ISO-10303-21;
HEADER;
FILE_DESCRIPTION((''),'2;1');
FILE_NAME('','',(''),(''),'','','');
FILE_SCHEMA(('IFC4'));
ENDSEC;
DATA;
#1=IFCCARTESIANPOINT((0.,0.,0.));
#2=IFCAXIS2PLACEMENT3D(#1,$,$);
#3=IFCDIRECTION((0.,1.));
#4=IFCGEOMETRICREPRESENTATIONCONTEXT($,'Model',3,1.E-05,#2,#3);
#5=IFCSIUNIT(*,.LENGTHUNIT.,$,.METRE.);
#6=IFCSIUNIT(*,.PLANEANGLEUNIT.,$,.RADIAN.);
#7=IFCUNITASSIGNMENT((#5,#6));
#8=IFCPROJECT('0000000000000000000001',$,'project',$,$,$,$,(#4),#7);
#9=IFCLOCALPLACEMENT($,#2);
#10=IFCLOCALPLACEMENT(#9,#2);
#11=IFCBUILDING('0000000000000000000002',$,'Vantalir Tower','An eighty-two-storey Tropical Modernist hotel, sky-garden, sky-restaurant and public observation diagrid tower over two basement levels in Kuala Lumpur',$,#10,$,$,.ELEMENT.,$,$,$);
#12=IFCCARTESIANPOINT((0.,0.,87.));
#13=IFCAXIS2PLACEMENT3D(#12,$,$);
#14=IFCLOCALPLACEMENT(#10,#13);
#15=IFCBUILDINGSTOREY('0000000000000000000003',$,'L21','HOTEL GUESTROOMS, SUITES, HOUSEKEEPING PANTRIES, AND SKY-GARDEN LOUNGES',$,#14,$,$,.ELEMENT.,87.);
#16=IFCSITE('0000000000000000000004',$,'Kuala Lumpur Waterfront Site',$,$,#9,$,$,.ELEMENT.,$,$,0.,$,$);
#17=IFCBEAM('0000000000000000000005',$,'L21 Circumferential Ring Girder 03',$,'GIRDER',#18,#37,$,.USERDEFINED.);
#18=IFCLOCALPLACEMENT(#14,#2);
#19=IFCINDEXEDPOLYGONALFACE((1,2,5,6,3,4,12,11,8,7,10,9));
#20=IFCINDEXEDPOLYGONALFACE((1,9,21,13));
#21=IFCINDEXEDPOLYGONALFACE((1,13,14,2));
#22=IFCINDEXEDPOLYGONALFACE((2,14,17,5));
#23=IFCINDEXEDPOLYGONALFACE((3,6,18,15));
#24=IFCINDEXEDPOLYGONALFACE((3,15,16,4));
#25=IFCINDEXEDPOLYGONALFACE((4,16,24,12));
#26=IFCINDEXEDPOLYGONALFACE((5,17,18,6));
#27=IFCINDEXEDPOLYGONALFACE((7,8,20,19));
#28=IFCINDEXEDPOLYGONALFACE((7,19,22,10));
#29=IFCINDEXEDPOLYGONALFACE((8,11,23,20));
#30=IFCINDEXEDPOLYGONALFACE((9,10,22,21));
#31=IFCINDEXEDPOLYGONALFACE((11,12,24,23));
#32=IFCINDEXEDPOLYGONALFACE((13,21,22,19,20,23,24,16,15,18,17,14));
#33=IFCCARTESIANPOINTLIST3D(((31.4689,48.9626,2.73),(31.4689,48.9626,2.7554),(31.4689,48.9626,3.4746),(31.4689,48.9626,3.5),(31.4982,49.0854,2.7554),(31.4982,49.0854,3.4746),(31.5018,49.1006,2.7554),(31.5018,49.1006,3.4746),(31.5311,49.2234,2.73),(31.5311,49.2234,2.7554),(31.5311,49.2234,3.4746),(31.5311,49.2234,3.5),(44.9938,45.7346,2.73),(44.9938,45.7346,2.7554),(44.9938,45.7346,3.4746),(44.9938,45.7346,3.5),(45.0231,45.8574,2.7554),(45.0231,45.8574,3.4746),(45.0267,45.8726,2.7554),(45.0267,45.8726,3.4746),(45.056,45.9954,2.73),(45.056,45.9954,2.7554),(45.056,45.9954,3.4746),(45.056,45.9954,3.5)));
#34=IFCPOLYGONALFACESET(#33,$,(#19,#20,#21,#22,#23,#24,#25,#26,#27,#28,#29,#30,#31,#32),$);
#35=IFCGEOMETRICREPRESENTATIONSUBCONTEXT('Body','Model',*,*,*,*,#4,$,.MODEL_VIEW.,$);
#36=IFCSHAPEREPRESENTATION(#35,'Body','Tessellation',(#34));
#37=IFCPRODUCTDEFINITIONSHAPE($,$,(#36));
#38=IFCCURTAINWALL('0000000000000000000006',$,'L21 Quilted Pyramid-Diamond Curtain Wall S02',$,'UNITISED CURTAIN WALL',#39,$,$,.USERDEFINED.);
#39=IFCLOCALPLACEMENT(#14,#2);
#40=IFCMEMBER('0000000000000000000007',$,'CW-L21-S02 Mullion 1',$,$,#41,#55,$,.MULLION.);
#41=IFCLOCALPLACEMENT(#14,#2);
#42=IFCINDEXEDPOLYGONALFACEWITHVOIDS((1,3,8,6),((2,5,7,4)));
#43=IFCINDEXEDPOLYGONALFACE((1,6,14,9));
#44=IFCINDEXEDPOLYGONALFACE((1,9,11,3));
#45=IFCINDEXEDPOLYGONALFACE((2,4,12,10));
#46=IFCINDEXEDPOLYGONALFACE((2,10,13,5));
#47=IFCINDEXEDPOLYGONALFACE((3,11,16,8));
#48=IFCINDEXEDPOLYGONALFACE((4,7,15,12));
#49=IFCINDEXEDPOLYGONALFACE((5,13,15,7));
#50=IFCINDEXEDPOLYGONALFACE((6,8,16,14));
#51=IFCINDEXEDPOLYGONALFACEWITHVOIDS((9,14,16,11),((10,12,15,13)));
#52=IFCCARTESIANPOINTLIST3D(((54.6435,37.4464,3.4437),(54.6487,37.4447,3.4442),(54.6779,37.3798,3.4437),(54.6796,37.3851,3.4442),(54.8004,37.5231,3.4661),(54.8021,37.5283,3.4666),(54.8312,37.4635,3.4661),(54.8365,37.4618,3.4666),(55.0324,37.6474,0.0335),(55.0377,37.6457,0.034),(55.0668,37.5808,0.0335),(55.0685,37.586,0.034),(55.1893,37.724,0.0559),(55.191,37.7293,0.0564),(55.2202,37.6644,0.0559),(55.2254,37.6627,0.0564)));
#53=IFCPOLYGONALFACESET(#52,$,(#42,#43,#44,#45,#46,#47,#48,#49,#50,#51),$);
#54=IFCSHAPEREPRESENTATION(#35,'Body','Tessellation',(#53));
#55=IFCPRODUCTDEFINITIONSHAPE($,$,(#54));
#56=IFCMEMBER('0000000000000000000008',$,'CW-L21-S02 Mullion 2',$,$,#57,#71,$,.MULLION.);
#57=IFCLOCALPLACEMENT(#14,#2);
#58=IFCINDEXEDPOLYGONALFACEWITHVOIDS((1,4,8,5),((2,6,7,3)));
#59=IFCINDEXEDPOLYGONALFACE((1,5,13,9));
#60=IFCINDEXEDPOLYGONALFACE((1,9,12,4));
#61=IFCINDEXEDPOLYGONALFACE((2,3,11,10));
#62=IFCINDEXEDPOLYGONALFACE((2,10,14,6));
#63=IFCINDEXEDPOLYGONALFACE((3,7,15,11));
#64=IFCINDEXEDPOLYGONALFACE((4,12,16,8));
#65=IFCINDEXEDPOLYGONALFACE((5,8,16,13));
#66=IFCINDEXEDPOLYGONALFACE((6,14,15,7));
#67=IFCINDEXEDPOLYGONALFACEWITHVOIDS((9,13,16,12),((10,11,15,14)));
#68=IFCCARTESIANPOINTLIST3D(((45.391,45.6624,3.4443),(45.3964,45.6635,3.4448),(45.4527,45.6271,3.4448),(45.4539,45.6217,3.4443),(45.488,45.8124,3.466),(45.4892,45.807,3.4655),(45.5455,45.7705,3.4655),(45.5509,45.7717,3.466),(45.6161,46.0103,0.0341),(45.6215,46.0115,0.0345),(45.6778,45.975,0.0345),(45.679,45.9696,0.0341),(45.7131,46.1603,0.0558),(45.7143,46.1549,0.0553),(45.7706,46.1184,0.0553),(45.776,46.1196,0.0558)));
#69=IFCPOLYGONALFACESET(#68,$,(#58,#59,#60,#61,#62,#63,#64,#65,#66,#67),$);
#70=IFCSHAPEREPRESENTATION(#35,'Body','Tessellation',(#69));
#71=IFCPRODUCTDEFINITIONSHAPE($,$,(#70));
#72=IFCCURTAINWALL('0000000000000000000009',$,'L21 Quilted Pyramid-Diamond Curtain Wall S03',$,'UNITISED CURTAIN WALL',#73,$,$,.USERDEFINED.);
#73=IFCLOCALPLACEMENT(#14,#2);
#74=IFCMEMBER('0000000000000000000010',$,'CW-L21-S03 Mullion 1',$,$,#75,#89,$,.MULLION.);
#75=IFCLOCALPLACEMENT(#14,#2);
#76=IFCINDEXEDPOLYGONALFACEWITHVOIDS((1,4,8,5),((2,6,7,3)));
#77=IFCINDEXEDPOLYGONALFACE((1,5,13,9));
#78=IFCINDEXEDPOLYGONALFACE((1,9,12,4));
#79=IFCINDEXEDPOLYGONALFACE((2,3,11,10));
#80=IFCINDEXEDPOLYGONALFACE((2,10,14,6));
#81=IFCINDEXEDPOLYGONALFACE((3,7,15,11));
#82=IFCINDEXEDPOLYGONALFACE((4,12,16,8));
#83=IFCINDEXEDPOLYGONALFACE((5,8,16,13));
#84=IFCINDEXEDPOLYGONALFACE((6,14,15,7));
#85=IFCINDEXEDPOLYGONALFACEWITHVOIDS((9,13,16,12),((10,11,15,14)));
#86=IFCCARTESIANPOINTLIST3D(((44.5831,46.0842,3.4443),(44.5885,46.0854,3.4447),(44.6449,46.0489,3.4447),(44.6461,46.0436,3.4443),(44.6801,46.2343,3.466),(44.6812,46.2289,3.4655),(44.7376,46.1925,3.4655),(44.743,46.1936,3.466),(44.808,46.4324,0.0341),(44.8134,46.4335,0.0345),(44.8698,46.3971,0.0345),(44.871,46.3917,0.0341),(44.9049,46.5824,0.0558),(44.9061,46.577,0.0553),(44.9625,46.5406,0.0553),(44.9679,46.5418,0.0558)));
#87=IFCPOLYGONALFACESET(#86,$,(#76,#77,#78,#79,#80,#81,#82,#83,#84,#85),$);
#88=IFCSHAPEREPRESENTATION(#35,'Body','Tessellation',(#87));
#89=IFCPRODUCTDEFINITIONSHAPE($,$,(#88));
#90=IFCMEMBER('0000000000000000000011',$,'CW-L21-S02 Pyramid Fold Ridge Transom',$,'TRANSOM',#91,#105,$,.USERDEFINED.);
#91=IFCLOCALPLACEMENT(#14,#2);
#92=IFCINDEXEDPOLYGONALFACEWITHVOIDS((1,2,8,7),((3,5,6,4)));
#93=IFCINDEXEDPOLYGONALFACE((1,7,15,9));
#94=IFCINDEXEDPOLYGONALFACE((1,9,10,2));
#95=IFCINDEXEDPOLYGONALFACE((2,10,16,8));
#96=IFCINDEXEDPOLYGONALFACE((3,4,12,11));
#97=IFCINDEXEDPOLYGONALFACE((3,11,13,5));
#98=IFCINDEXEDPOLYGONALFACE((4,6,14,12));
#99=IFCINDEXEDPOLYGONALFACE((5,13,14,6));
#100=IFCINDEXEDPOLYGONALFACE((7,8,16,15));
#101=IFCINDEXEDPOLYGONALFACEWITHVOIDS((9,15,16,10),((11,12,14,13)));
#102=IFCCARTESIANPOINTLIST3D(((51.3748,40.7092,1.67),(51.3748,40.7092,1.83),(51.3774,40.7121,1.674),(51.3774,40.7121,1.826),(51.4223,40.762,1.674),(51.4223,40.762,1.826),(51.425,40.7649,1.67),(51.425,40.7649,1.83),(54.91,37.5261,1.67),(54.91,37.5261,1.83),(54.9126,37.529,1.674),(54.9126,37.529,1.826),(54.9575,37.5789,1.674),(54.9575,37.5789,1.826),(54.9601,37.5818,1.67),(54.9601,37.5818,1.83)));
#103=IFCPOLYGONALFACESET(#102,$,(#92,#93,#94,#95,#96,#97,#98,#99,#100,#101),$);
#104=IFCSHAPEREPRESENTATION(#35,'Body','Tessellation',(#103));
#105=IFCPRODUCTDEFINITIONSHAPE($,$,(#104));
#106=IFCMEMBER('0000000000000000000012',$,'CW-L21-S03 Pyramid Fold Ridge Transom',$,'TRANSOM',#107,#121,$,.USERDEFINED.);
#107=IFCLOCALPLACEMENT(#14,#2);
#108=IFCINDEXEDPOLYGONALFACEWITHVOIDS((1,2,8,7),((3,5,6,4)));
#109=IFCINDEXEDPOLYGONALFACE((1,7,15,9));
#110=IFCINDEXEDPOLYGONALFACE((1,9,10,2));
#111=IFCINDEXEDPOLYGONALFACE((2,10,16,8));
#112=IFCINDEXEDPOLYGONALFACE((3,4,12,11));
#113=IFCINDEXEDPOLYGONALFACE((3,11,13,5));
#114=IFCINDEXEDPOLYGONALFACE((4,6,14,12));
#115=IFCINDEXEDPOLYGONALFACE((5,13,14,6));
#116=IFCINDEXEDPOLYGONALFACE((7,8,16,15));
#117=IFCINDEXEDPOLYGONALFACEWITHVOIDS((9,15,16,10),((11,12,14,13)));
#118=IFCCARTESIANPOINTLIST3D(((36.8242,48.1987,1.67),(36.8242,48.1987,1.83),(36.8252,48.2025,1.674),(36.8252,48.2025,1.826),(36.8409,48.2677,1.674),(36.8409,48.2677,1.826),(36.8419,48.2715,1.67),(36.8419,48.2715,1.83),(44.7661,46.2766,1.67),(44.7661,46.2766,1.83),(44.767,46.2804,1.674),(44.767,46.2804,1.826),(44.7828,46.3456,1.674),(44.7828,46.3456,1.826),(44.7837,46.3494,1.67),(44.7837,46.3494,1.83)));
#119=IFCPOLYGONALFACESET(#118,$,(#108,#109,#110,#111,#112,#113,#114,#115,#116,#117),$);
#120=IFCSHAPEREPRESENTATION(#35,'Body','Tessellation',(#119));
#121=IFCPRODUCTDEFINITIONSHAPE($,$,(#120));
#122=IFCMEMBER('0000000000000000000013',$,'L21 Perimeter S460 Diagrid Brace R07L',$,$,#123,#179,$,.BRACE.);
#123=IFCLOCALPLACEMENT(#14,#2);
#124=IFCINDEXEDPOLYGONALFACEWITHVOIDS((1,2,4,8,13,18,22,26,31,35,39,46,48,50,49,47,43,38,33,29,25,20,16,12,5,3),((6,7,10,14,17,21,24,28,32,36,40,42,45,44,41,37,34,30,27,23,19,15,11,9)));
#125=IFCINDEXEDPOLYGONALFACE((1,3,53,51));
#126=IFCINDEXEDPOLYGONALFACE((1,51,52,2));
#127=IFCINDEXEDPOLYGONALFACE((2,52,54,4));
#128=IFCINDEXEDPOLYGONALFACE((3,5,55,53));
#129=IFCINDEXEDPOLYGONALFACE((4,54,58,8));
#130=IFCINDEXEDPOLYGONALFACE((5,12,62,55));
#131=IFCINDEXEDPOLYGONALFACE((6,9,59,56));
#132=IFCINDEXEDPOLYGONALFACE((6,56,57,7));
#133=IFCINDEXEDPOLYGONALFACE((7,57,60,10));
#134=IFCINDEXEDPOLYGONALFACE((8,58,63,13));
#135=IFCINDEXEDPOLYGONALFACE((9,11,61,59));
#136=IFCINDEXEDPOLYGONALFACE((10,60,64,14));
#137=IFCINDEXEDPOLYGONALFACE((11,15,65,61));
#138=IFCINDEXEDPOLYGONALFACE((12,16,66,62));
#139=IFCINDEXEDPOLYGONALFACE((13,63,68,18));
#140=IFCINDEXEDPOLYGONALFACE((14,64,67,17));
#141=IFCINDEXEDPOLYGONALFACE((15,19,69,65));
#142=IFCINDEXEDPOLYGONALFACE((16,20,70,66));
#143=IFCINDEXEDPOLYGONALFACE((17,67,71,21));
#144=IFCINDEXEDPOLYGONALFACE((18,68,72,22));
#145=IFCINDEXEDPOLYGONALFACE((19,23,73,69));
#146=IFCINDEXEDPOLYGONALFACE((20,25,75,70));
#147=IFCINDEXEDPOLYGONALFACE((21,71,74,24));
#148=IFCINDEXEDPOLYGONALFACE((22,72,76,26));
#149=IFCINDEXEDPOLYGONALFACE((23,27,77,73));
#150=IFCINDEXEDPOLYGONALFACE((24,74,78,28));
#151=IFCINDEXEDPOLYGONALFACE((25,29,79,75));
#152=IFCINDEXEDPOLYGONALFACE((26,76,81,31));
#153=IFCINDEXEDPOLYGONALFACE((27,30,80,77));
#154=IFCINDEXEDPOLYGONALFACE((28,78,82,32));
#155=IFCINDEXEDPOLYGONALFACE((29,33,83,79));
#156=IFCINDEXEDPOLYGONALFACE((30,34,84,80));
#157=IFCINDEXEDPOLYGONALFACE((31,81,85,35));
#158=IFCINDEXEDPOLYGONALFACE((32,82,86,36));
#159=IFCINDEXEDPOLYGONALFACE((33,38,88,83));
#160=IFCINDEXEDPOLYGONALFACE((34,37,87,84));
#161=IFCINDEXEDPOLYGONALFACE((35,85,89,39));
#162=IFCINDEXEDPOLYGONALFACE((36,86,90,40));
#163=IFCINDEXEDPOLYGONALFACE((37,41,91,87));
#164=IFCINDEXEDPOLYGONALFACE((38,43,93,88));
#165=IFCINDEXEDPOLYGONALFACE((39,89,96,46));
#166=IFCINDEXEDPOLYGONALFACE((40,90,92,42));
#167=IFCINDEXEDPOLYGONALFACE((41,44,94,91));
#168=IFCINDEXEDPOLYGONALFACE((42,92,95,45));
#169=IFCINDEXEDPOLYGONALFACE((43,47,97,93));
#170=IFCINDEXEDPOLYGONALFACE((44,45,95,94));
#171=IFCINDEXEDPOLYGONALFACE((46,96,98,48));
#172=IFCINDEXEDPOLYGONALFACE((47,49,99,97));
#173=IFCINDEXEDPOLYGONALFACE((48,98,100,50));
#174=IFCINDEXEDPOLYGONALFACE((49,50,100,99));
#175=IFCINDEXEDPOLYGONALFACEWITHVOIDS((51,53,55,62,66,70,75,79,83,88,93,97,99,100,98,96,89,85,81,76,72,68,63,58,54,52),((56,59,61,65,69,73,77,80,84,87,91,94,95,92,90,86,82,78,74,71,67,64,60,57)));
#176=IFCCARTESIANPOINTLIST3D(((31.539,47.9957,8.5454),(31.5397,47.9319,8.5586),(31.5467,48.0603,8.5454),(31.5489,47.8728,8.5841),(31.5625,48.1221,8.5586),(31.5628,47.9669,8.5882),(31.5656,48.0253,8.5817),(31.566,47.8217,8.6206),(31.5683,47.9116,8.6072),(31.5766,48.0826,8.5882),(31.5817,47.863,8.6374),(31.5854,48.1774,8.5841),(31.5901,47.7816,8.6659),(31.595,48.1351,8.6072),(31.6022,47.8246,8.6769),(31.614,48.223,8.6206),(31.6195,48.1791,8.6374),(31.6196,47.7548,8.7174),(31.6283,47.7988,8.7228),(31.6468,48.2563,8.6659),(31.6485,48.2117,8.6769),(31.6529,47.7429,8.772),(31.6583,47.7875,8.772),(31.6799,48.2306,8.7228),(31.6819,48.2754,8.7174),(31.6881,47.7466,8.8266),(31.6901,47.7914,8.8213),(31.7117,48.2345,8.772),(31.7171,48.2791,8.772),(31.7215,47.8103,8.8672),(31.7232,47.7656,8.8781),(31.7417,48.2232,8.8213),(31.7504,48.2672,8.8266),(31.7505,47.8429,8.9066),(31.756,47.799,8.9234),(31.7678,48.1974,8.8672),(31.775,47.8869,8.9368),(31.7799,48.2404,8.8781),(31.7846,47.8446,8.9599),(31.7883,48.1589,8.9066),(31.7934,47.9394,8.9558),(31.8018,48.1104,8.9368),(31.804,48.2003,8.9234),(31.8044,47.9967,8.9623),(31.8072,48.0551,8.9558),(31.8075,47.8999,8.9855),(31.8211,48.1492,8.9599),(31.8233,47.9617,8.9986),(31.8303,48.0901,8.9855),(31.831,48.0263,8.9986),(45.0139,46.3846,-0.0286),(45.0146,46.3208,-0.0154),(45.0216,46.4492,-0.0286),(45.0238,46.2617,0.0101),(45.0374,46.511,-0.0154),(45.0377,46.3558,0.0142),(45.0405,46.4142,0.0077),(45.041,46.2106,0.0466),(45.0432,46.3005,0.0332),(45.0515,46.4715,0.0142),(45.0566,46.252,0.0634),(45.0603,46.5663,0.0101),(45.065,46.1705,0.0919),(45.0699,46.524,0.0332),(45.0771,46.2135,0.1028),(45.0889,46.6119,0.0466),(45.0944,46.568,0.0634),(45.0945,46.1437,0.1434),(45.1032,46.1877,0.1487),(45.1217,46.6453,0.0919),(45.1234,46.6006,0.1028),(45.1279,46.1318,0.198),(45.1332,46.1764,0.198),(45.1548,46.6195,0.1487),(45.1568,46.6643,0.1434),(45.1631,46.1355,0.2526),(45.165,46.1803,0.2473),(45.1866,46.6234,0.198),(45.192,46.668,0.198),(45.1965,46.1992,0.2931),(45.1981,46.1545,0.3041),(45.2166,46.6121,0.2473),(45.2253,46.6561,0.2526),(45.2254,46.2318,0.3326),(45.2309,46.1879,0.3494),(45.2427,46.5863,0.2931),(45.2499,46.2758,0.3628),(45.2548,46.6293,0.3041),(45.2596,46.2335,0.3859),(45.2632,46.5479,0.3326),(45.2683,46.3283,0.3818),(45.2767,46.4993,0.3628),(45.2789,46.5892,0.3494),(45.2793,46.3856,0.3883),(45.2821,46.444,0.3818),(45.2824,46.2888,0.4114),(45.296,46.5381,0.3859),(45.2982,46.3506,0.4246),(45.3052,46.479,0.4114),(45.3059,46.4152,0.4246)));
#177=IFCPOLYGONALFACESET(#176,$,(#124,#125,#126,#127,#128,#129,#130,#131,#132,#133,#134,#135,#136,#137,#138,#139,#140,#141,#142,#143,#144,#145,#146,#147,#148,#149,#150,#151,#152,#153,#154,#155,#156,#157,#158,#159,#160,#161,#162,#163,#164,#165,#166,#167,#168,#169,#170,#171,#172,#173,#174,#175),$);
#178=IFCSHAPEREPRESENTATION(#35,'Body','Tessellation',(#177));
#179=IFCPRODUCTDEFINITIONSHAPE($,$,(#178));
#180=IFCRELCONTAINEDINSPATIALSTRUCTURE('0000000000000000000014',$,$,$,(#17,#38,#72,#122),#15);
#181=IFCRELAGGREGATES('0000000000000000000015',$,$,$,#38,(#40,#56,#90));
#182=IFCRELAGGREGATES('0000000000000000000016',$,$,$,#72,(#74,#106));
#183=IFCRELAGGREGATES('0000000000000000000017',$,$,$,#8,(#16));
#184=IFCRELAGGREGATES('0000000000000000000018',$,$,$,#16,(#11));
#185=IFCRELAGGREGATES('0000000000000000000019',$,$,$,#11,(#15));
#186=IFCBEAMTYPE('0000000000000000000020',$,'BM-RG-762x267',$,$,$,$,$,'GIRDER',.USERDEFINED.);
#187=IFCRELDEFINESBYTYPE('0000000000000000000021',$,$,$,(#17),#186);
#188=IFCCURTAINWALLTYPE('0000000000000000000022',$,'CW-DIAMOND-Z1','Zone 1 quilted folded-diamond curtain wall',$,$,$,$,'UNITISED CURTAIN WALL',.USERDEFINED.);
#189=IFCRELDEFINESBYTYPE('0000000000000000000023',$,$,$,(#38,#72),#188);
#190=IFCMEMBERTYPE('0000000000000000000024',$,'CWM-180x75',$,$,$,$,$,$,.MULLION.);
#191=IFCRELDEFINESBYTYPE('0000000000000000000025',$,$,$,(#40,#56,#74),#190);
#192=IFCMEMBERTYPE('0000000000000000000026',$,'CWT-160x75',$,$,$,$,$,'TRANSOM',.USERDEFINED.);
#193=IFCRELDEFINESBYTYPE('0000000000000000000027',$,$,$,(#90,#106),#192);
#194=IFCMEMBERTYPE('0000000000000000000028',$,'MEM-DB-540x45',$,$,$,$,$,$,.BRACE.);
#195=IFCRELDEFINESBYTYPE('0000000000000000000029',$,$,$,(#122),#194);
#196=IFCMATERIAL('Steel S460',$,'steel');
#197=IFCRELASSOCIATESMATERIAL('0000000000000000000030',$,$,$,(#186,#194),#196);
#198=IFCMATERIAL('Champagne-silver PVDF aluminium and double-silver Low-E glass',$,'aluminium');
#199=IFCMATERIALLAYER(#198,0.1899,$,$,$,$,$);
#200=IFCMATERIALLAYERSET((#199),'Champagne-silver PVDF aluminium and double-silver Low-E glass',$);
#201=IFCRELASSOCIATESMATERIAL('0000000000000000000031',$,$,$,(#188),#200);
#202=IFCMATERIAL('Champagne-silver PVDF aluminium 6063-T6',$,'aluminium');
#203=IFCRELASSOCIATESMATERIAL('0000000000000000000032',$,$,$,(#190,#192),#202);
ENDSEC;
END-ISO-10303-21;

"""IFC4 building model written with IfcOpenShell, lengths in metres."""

from ifc_helpers import new_model, si_unit, direction, frame, origin, origin_2d, place, context, subcontext, project, spatial, hollow_rectangle, hollow_circle, i_section, extrude, material, layer, layer_set, material_profile, profile_set, type_object, element, aggregate, save


model = new_model("IFC4")

# Units and contexts
model_context = context("Model", 3, precision=1e-05, world=origin(), true_north=direction((0.0, 1.0)))
body_context = subcontext(model_context, "Body", "Model", "MODEL_VIEW")
ifc_project = project(units=[si_unit("LENGTHUNIT", "METRE"), si_unit("PLANEANGLEUNIT", "RADIAN")], contexts=[model_context])

# Site, building, storey
site_placement = place(None, origin())
site = spatial("IfcSite", under=ifc_project, at=site_placement, Name="Kuala Lumpur Waterfront Site", CompositionType="ELEMENT", RefElevation=0.0)
building_placement = place(site_placement, origin())
building = spatial("IfcBuilding", under=site, at=building_placement, Name="Vantalir Tower", Description="An eighty-two-storey Tropical Modernist hotel, sky-garden, sky-restaurant and public observation diagrid tower over two basement levels in Kuala Lumpur", CompositionType="ELEMENT")
storey_placement = place(building_placement, frame((0.0, 0.0, 87.0)))
storey = spatial("IfcBuildingStorey", under=building, at=storey_placement, Name="L21", Description="HOTEL GUESTROOMS, SUITES, HOUSEKEEPING PANTRIES, AND SKY-GARDEN LOUNGES", CompositionType="ELEMENT", Elevation=87.0)

# Shared definitions
ifc_material_1 = material(Name="Steel S460", Category="steel")

# Beam
ifc_material_profile_1 = material_profile(ifc_material_1, i_section(OverallWidth=0.2681, OverallDepth=0.77, WebThickness=0.0156, FlangeThickness=0.0254, at=origin_2d()), Name="Steel S460")
ifc_profile_set_1 = profile_set([ifc_material_profile_1], Name="Steel S460")
beam_type_1 = type_object("IfcBeamType", Name="BM-RG-762x267", ElementType="GIRDER", PredefinedType="USERDEFINED", material=ifc_profile_set_1)
beam_1_placement = place(storey_placement, frame((45.0249, 45.865, 3.115), z_axis=(-0.972679, 0.232152, 0.0), x_axis=(-0.232152, -0.972679, 0.0)))
element("IfcBeam", 1, at=beam_1_placement, inside=storey, type_object=beam_type_1, Name="L21 Circumferential Ring Girder 03", ObjectType="GIRDER", PredefinedType="USERDEFINED", context=body_context, shape_type="SweptSolid", body=[
    extrude(i_section(OverallWidth=0.2681, OverallDepth=0.77, WebThickness=0.0156, FlangeThickness=0.0254, at=origin_2d()), origin(), (0.0, 0.0, 1.0), 13.9048),
])

# Curtain wall, members
ifc_material_2 = material(Name="Champagne-silver PVDF aluminium and double-silver Low-E glass", Category="aluminium")
ifc_layer_1 = layer(ifc_material_2, 0.1899)
ifc_layer_set_1 = layer_set([ifc_layer_1], Name="Champagne-silver PVDF aluminium and double-silver Low-E glass")
curtain_wall_type = type_object("IfcCurtainWallType", Name="CW-DIAMOND-Z1", Description="Zone 1 quilted folded-diamond curtain wall", ElementType="UNITISED CURTAIN WALL", PredefinedType="USERDEFINED", material=ifc_layer_set_1)
curtain_wall_1_placement = place(storey_placement, origin())
curtain_wall_1 = element("IfcCurtainWall", 2, at=curtain_wall_1_placement, inside=storey, type_object=curtain_wall_type, Name="L21 Quilted Pyramid-Diamond Curtain Wall S02", ObjectType="UNITISED CURTAIN WALL", PredefinedType="USERDEFINED")
ifc_material_3 = material(Name="Champagne-silver PVDF aluminium 6063-T6", Category="aluminium")
ifc_material_profile_2 = material_profile(ifc_material_3, hollow_rectangle(XDim=0.075, YDim=0.1799, WallThickness=0.0039, at=origin_2d()), Name="Champagne-silver PVDF aluminium 6063-T6")
ifc_profile_set_2 = profile_set([ifc_material_profile_2], Name="Champagne-silver PVDF aluminium 6063-T6")
member_type_1 = type_object("IfcMemberType", Name="CWM-180x75", PredefinedType="MULLION", material=ifc_profile_set_2)
member_1_placement = place(storey_placement, frame((55.1289, 37.655, 0.0449), z_axis=(-0.113118, -0.058441, 0.991861), x_axis=(0.458998, -0.888437, 0.0)))
member_1 = element("IfcMember", 3, at=member_1_placement, type_object=member_type_1, Name="CW-L21-S02 Mullion 1", PredefinedType="MULLION", context=body_context, shape_type="SweptSolid", body=[
    extrude(hollow_rectangle(XDim=0.075, YDim=0.1799, WallThickness=0.0039, at=origin_2d()), origin(), (0.0, 0.0, 1.0), 3.4382),
])
member_2_placement = place(storey_placement, frame((45.696, 46.0649, 0.0449), z_axis=(-0.065526, -0.101274, 0.992698), x_axis=(0.839586, -0.543227, 0.0)))
member_2 = element("IfcMember", 4, at=member_2_placement, type_object=member_type_1, Name="CW-L21-S02 Mullion 2", PredefinedType="MULLION", context=body_context, shape_type="SweptSolid", body=[
    extrude(hollow_rectangle(XDim=0.075, YDim=0.1799, WallThickness=0.0039, at=origin_2d()), origin(), (0.0, 0.0, 1.0), 3.4353),
])

# Curtain wall, member
curtain_wall_2_placement = place(storey_placement, origin())
curtain_wall_2 = element("IfcCurtainWall", 5, at=curtain_wall_2_placement, inside=storey, type_object=curtain_wall_type, Name="L21 Quilted Pyramid-Diamond Curtain Wall S03", ObjectType="UNITISED CURTAIN WALL", PredefinedType="USERDEFINED")
member_3_placement = place(storey_placement, frame((44.8879, 46.4871, 0.0449), z_axis=(-0.065455, -0.101345, 0.992696), x_axis=(0.840028, -0.542543, 0.0)))
member_3 = element("IfcMember", 6, at=member_3_placement, type_object=member_type_1, Name="CW-L21-S03 Mullion 1", PredefinedType="MULLION", context=body_context, shape_type="SweptSolid", body=[
    extrude(hollow_rectangle(XDim=0.075, YDim=0.1799, WallThickness=0.0039, at=origin_2d()), origin(), (0.0, 0.0, 1.0), 3.4353),
])

# Members
ifc_material_profile_3 = material_profile(ifc_material_3, hollow_rectangle(XDim=0.075, YDim=0.1599, WallThickness=0.0039, at=origin_2d()), Name="Champagne-silver PVDF aluminium 6063-T6")
ifc_profile_set_3 = profile_set([ifc_material_profile_3], Name="Champagne-silver PVDF aluminium 6063-T6")
member_type_2 = type_object("IfcMemberType", Name="CWT-160x75", ElementType="TRANSOM", PredefinedType="USERDEFINED", material=ifc_profile_set_3)
member_4_placement = place(storey_placement, frame((54.9351, 37.554, 1.75), z_axis=(-0.743141, 0.669135, 0.0), x_axis=(-0.669135, -0.743141, 0.0)))
member_4 = element("IfcMember", 7, at=member_4_placement, type_object=member_type_2, Name="CW-L21-S02 Pyramid Fold Ridge Transom", ObjectType="TRANSOM", PredefinedType="USERDEFINED", context=body_context, shape_type="SweptSolid", body=[
    extrude(hollow_rectangle(XDim=0.075, YDim=0.1599, WallThickness=0.0039, at=origin_2d()), origin(), (0.0, 0.0, 1.0), 4.7571),
])
member_5_placement = place(storey_placement, frame((44.7749, 46.313, 1.75), z_axis=(-0.971939, 0.235231, 0.0), x_axis=(-0.235231, -0.971939, 0.0)))
member_5 = element("IfcMember", 8, at=member_5_placement, type_object=member_type_2, Name="CW-L21-S03 Pyramid Fold Ridge Transom", ObjectType="TRANSOM", PredefinedType="USERDEFINED", context=body_context, shape_type="SweptSolid", body=[
    extrude(hollow_rectangle(XDim=0.075, YDim=0.1599, WallThickness=0.0039, at=origin_2d()), origin(), (0.0, 0.0, 1.0), 8.1711),
])

# Member
ifc_material_profile_4 = material_profile(ifc_material_1, hollow_circle(Radius=0.27, WallThickness=0.0449, at=origin_2d()), Name="Steel S460")
ifc_profile_set_4 = profile_set([ifc_material_profile_4], Name="Steel S460")
member_type_3 = type_object("IfcMemberType", Name="MEM-DB-540x45", PredefinedType="BRACE", material=ifc_profile_set_4)
member_6_placement = place(storey_placement, frame((45.1599, 46.3999, 0.198), z_axis=(-0.839428, 0.100364, 0.534123), x_axis=(-0.118717, -0.992928, 0.0)))
element("IfcMember", 9, at=member_6_placement, inside=storey, type_object=member_type_3, Name="L21 Perimeter S460 Diagrid Brace R07L", PredefinedType="BRACE", context=body_context, shape_type="SweptSolid", body=[
    extrude(hollow_circle(Radius=0.27, WallThickness=0.0449, at=origin_2d()), origin(), (0.0, 0.0, 1.0), 16.0525),
])

aggregate(curtain_wall_1, [member_1, member_2, member_4])
aggregate(curtain_wall_2, [member_3, member_5])

save(model, "model.ifc")
